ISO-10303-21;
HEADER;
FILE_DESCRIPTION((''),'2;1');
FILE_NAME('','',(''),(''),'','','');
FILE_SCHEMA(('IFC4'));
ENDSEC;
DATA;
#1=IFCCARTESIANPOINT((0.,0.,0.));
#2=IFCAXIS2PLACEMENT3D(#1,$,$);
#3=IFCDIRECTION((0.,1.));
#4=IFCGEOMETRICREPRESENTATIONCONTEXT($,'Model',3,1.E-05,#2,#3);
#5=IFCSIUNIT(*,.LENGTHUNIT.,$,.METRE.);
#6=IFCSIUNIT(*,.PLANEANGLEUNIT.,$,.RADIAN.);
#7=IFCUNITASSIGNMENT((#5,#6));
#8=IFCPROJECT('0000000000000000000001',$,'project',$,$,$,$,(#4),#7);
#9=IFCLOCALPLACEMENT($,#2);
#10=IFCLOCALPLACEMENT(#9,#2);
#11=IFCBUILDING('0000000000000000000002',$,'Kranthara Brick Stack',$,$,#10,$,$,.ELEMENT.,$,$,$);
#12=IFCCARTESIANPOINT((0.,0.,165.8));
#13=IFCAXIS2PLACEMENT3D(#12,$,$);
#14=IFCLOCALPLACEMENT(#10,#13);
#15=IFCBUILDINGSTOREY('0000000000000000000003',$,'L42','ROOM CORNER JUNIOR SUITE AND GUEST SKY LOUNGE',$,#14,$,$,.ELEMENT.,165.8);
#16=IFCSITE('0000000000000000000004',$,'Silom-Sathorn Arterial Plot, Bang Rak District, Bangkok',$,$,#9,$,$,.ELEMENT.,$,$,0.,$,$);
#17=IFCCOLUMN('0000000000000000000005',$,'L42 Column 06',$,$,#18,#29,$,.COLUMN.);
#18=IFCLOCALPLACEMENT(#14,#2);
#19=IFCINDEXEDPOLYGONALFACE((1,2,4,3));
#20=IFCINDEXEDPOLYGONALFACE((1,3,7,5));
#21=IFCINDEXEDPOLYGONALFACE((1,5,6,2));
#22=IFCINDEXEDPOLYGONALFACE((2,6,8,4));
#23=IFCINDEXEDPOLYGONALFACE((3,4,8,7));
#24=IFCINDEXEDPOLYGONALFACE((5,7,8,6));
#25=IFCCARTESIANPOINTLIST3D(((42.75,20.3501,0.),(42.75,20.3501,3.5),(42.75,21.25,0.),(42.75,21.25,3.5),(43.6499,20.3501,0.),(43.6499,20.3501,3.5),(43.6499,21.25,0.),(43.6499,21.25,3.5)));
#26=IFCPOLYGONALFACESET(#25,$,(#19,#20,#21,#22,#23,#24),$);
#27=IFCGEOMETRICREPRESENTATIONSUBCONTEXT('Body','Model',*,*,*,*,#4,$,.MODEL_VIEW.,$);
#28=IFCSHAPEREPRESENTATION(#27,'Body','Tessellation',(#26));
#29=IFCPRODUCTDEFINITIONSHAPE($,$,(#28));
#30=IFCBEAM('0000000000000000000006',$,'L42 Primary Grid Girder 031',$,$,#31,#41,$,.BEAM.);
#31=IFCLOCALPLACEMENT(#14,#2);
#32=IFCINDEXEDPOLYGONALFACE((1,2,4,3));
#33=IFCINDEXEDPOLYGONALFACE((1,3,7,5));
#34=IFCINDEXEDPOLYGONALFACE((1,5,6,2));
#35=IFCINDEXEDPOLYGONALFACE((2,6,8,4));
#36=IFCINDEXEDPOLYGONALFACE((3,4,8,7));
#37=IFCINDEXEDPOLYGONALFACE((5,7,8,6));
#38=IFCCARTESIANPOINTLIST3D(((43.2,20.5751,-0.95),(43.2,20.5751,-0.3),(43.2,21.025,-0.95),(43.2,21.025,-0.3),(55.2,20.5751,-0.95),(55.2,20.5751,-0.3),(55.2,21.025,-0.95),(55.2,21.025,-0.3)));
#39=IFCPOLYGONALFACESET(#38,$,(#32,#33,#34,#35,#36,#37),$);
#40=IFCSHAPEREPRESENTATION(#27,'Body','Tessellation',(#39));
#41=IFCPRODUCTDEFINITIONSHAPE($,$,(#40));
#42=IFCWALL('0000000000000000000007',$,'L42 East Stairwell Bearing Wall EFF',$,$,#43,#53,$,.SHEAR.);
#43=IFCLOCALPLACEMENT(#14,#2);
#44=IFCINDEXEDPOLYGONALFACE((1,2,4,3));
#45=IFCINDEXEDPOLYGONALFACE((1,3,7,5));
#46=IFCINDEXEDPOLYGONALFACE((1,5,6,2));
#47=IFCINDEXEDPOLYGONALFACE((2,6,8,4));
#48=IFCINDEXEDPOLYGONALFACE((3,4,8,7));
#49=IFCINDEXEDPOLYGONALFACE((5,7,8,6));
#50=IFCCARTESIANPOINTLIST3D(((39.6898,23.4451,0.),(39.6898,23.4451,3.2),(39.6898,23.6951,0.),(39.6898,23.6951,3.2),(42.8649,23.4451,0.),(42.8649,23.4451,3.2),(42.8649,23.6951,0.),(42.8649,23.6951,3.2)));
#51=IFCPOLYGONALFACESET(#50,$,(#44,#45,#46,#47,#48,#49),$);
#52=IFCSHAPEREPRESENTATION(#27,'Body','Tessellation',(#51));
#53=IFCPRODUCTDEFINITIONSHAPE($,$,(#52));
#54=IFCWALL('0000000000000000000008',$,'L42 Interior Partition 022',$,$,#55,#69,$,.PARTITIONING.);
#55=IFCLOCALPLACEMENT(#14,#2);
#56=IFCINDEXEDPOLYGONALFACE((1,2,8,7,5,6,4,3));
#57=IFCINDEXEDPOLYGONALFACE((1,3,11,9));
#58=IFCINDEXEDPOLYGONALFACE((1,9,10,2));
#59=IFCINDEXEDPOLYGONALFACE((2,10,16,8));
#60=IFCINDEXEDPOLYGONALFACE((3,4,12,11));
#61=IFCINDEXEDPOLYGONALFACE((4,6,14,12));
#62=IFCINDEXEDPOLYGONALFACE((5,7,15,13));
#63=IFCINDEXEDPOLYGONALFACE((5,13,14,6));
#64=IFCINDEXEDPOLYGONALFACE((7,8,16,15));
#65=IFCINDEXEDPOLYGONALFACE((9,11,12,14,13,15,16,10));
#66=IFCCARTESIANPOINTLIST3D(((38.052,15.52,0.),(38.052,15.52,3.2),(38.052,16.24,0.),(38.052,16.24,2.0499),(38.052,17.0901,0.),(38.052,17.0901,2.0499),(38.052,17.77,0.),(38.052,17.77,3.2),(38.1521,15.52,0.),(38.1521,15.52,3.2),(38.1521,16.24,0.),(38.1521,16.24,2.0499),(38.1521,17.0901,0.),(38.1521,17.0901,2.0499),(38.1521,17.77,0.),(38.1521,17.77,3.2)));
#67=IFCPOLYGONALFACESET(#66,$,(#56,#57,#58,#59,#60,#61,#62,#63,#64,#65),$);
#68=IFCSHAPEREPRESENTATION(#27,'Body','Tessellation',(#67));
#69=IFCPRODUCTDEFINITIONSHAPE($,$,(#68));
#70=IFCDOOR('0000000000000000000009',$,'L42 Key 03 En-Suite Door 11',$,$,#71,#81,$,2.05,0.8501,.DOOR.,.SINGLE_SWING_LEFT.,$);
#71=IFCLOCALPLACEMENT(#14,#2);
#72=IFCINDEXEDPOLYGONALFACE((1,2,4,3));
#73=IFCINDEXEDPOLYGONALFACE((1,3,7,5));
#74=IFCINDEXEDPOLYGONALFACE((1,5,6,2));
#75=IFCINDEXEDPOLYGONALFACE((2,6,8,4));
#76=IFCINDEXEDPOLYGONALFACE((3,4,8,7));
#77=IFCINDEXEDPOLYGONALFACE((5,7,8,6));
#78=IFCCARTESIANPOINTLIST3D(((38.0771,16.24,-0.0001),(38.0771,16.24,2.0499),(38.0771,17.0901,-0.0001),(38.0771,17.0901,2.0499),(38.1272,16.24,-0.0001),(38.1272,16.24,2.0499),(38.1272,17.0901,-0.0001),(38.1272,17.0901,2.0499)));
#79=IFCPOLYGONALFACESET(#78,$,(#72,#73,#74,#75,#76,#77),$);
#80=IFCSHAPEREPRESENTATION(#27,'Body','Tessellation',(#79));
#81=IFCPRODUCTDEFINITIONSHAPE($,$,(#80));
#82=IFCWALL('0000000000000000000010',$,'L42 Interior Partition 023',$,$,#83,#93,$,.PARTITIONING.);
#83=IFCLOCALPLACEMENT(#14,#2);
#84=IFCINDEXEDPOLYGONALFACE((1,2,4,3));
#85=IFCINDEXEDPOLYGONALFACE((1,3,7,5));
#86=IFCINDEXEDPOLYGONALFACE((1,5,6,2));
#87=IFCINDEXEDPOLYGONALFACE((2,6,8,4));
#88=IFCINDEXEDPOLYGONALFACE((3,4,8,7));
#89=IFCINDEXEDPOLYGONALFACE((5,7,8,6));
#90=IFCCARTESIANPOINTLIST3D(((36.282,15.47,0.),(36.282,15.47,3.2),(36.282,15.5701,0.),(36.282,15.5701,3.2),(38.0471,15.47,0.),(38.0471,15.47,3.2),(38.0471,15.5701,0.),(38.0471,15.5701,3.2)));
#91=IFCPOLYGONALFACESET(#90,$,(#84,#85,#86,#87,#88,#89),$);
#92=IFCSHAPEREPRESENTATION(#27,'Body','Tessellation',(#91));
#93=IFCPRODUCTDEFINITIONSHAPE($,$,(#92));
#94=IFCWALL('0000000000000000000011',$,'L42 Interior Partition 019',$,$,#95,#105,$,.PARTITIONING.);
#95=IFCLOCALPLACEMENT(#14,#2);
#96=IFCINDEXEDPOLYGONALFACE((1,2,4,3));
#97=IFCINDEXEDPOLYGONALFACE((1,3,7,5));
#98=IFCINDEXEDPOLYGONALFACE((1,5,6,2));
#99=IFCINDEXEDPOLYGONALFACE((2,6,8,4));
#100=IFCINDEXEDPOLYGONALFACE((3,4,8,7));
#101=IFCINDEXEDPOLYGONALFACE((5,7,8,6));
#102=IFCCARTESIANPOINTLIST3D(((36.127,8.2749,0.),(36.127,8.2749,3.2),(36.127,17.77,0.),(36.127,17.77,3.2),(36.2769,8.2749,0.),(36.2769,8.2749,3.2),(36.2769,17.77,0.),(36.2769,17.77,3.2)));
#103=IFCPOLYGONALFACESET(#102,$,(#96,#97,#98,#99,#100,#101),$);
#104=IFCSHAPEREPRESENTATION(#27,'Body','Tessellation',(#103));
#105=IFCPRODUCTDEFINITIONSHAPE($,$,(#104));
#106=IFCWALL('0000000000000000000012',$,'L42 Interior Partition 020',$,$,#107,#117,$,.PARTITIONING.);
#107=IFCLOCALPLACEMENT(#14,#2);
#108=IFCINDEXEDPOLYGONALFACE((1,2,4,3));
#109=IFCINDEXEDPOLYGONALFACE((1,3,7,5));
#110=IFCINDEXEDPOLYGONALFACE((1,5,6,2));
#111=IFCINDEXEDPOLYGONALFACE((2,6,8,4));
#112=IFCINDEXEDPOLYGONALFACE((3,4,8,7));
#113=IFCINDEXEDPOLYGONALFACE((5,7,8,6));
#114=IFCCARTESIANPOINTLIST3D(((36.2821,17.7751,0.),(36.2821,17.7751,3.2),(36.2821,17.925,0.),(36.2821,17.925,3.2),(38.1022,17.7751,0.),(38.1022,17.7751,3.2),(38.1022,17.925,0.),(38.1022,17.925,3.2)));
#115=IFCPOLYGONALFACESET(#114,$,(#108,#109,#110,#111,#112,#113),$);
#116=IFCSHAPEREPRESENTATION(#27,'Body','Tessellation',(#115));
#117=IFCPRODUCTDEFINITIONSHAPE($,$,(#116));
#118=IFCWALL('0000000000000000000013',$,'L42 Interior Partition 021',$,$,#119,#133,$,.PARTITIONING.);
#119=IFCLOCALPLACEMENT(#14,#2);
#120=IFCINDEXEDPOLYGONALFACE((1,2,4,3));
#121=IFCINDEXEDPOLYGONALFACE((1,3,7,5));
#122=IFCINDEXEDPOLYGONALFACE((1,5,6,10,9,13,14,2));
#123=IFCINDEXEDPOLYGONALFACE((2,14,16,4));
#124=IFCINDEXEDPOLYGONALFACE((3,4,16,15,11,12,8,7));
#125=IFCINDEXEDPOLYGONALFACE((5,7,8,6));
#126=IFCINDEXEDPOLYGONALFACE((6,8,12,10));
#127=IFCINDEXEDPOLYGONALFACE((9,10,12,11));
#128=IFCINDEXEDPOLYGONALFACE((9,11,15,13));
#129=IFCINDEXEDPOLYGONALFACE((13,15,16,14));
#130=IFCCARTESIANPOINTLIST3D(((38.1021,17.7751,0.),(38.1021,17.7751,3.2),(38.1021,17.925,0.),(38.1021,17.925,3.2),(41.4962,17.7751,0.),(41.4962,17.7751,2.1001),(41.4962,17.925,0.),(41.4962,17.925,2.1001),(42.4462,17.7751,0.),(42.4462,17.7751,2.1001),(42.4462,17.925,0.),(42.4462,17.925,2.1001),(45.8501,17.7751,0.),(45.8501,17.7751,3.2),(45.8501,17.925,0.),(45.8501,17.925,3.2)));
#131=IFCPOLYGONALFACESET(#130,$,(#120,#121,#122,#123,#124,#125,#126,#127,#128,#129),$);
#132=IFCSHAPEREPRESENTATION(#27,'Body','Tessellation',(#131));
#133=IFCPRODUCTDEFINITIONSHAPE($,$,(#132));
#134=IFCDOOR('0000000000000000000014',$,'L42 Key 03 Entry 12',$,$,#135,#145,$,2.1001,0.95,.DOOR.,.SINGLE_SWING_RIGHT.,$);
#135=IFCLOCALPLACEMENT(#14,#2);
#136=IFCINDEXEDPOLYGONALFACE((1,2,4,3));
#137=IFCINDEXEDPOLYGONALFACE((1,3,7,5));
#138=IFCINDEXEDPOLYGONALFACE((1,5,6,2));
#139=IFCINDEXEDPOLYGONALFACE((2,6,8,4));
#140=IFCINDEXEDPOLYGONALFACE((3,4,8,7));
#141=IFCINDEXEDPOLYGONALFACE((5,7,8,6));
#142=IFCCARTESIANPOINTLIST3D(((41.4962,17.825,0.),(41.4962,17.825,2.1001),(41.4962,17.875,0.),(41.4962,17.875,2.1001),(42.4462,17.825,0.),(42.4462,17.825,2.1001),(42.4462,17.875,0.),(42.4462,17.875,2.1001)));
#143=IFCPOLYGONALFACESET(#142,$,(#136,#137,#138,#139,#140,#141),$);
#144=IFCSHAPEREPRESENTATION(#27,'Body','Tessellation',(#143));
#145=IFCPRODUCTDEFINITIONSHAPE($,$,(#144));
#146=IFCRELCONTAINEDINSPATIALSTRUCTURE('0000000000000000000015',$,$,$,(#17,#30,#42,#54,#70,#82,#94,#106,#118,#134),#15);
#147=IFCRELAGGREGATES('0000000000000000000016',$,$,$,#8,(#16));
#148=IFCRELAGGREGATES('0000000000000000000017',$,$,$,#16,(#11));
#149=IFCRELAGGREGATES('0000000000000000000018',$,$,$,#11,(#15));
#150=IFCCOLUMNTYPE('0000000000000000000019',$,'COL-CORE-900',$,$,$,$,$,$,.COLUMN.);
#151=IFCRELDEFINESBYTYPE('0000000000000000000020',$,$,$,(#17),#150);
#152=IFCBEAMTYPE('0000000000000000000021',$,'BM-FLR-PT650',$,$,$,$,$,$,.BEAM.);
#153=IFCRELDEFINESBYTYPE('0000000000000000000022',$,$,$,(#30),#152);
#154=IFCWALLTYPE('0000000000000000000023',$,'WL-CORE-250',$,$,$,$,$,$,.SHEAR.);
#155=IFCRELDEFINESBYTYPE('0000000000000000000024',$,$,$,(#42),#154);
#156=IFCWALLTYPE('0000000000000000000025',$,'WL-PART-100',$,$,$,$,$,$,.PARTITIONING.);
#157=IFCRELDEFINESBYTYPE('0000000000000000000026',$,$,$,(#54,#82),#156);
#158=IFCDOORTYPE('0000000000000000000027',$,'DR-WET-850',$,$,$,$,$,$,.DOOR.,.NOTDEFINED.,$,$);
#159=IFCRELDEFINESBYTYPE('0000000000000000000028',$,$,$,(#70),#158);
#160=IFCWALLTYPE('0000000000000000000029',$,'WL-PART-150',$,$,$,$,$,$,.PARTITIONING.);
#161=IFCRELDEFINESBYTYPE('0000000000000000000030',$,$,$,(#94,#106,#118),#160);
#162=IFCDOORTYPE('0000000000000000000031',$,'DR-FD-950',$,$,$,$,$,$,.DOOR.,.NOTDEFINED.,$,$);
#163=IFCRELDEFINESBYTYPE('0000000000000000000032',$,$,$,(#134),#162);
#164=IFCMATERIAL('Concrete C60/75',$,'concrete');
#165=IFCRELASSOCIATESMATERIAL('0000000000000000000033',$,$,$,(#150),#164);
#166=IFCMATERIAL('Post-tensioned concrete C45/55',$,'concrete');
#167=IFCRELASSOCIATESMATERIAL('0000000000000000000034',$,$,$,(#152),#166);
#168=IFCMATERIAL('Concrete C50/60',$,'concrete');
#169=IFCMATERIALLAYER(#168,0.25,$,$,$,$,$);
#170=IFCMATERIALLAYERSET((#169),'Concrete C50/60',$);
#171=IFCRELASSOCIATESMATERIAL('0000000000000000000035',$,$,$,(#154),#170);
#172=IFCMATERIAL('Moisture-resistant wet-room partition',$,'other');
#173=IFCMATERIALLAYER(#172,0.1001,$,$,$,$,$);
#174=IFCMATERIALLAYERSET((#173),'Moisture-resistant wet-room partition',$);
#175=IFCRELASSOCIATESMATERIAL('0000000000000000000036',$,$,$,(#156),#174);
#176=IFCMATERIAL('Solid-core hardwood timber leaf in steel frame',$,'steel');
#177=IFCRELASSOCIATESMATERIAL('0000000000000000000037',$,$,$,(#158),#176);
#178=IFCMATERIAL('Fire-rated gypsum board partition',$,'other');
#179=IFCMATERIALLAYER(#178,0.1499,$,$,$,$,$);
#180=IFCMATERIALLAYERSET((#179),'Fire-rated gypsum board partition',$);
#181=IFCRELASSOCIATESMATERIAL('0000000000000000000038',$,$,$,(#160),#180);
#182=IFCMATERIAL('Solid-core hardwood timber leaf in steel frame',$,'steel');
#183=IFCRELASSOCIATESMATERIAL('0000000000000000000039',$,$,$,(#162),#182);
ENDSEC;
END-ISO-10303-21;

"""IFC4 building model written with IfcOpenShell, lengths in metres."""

from ifc_helpers import new_model, si_unit, direction, frame, frame_2d, origin, origin_2d, place, context, subcontext, project, spatial, rectangle, extrude, material, layer, layer_set, material_profile, profile_set, type_object, element, fill, save


model = new_model("IFC4")

# Units and contexts
model_context = context("Model", 3, precision=1e-05, world=origin(), true_north=direction((0.0, 1.0)))
body_context = subcontext(model_context, "Body", "Model", "MODEL_VIEW")
ifc_project = project(units=[si_unit("LENGTHUNIT", "METRE"), si_unit("PLANEANGLEUNIT", "RADIAN")], contexts=[model_context])

# Site, building, storey
site_placement = place(None, origin())
site = spatial("IfcSite", under=ifc_project, at=site_placement, Name="Silom-Sathorn Arterial Plot, Bang Rak District, Bangkok", CompositionType="ELEMENT", RefElevation=0.0)
building_placement = place(site_placement, origin())
building = spatial("IfcBuilding", under=site, at=building_placement, Name="Kranthara Brick Stack", CompositionType="ELEMENT")
storey_placement = place(building_placement, frame((0.0, 0.0, 165.8)))
storey = spatial("IfcBuildingStorey", under=building, at=storey_placement, Name="L42", Description="ROOM CORNER JUNIOR SUITE AND GUEST SKY LOUNGE", CompositionType="ELEMENT", Elevation=165.8)

# Column
ifc_material_1 = material(Name="Concrete C60/75", Category="concrete")
ifc_material_profile_1 = material_profile(ifc_material_1, rectangle(XDim=0.8999, YDim=0.8999, at=origin_2d()), Name="RC 900x900")
ifc_profile_set_1 = profile_set([ifc_material_profile_1], Name="Concrete C60/75")
column_type = type_object("IfcColumnType", Name="COL-CORE-900", PredefinedType="COLUMN", material=ifc_profile_set_1)
column_placement = place(storey_placement, frame((43.2, 20.8, 0.0), z_axis=(0.0, 0.0, 1.0), x_axis=(1.0, 0.0, 0.0)))
element("IfcColumn", 1, at=column_placement, inside=storey, type_object=column_type, Name="L42 Column 06", PredefinedType="COLUMN", context=body_context, shape_type="SweptSolid", body=[
    extrude(rectangle(XDim=0.8999, YDim=0.8999, at=origin_2d()), origin(), (0.0, 0.0, 1.0), 3.5),
])

# Beam
ifc_material_2 = material(Name="Post-tensioned concrete C45/55", Category="concrete")
ifc_material_profile_2 = material_profile(ifc_material_2, rectangle(XDim=0.45, YDim=0.6499, at=origin_2d()), Name="PT 450x650")
ifc_profile_set_2 = profile_set([ifc_material_profile_2], Name="Post-tensioned concrete C45/55")
beam_type = type_object("IfcBeamType", Name="BM-FLR-PT650", PredefinedType="BEAM", material=ifc_profile_set_2)
beam_placement = place(storey_placement, frame((43.2, 20.8, -0.625), z_axis=(1.0, 0.0, 0.0), x_axis=(0.0, 1.0, 0.0)))
element("IfcBeam", 2, at=beam_placement, inside=storey, type_object=beam_type, Name="L42 Primary Grid Girder 031", PredefinedType="BEAM", context=body_context, shape_type="SweptSolid", body=[
    extrude(rectangle(XDim=0.45, YDim=0.6499, at=origin_2d()), origin(), (0.0, 0.0, 1.0), 12.0),
])

# Shared definitions
ifc_material_3 = material(Name="Concrete C50/60", Category="concrete")
ifc_layer_1 = layer(ifc_material_3, 0.25)
ifc_layer_set_1 = layer_set([ifc_layer_1], Name="Concrete C50/60")
wall_type_1 = type_object("IfcWallType", Name="WL-CORE-250", PredefinedType="SHEAR", material=ifc_layer_set_1)

# Wall
wall_1_placement = place(storey_placement, frame((39.6899, 23.5701, 0.0), z_axis=(0.0, 0.0, 1.0), x_axis=(1.0, 0.0, 0.0)))
element("IfcWall", 3, at=wall_1_placement, inside=storey, type_object=wall_type_1, Name="L42 East Stairwell Bearing Wall EFF", PredefinedType="SHEAR", context=body_context, shape_type="SweptSolid", body=[
    extrude(rectangle(XDim=3.175, YDim=0.25, at=frame_2d((1.5874, 0.0))), origin(), (0.0, 0.0, 1.0), 3.2),
])

# Wall, opening, door
ifc_material_4 = material(Name="Moisture-resistant wet-room partition", Category="other")
ifc_layer_2 = layer(ifc_material_4, 0.1001)
ifc_layer_set_2 = layer_set([ifc_layer_2], Name="Moisture-resistant wet-room partition")
wall_type_2 = type_object("IfcWallType", Name="WL-PART-100", PredefinedType="PARTITIONING", material=ifc_layer_set_2)
wall_2_placement = place(storey_placement, frame((38.1021, 15.52, 0.0), z_axis=(0.0, 0.0, 1.0), x_axis=(0.0, 1.0, 0.0)))
wall_2 = element("IfcWall", 4, at=wall_2_placement, inside=storey, type_object=wall_type_2, Name="L42 Interior Partition 022", PredefinedType="PARTITIONING", context=body_context, shape_type="SweptSolid", body=[
    extrude(rectangle(XDim=2.25, YDim=0.1001, at=frame_2d((1.125, 0.0))), origin(), (0.0, 0.0, 1.0), 3.2),
])
opening_1_placement = place(wall_2_placement, frame((0.72, 0.0, 0.0)))
opening_1 = element("IfcOpeningElement", 5, at=opening_1_placement, cuts=wall_2, PredefinedType="OPENING", context=body_context, shape_type="SweptSolid", body=[
    extrude(rectangle(XDim=0.8501, YDim=2.05, at=frame_2d((0.425, 1.0249))), frame((0.0, 0.0601, 0.0), z_axis=(0.0, -1.0, 0.0), x_axis=(1.0, 0.0, 0.0)), (0.0, 0.0, 1.0), 0.1201),
])
ifc_material_5 = material(Name="Solid-core hardwood timber leaf in steel frame", Category="steel")
door_type_1 = type_object("IfcDoorType", Name="DR-WET-850", OperationType="NOTDEFINED", PredefinedType="DOOR", material=ifc_material_5)
door_1_placement = place(opening_1_placement, origin())
door_1 = element("IfcDoor", 6, at=door_1_placement, inside=storey, type_object=door_type_1, Name="L42 Key 03 En-Suite Door 11", OperationType="SINGLE_SWING_LEFT", OverallHeight=2.05, OverallWidth=0.8501, PredefinedType="DOOR", context=body_context, shape_type="SweptSolid", body=[
    extrude(rectangle(XDim=0.8501, YDim=2.05, at=frame_2d((0.425, 1.0249))), frame((0.0, 0.0249, 0.0), z_axis=(0.0, -1.0, 0.0), x_axis=(1.0, 0.0, 0.0)), (0.0, 0.0, 1.0), 0.05),
])
fill(opening_1, door_1)

# Walls
wall_3_placement = place(storey_placement, frame((36.282, 15.52, 0.0), z_axis=(0.0, 0.0, 1.0), x_axis=(1.0, 0.0, 0.0)))
element("IfcWall", 7, at=wall_3_placement, inside=storey, type_object=wall_type_2, Name="L42 Interior Partition 023", PredefinedType="PARTITIONING", context=body_context, shape_type="SweptSolid", body=[
    extrude(rectangle(XDim=1.7651, YDim=0.1001, at=frame_2d((0.8826, 0.0))), origin(), (0.0, 0.0, 1.0), 3.2),
])
ifc_material_6 = material(Name="Fire-rated gypsum board partition", Category="other")
ifc_layer_3 = layer(ifc_material_6, 0.1499)
ifc_layer_set_3 = layer_set([ifc_layer_3], Name="Fire-rated gypsum board partition")
wall_type_3 = type_object("IfcWallType", Name="WL-PART-150", PredefinedType="PARTITIONING", material=ifc_layer_set_3)
wall_4_placement = place(storey_placement, frame((36.2019, 8.2749, 0.0), z_axis=(0.0, 0.0, 1.0), x_axis=(0.0, 1.0, 0.0)))
element("IfcWall", 8, at=wall_4_placement, inside=storey, type_object=wall_type_3, Name="L42 Interior Partition 019", PredefinedType="PARTITIONING", context=body_context, shape_type="SweptSolid", body=[
    extrude(rectangle(XDim=9.4951, YDim=0.1499, at=frame_2d((4.7476, 0.0))), origin(), (0.0, 0.0, 1.0), 3.2),
])
wall_5_placement = place(storey_placement, frame((36.282, 17.8501, 0.0), z_axis=(0.0, 0.0, 1.0), x_axis=(1.0, 0.0, 0.0)))
element("IfcWall", 9, at=wall_5_placement, inside=storey, type_object=wall_type_3, Name="L42 Interior Partition 020", PredefinedType="PARTITIONING", context=body_context, shape_type="SweptSolid", body=[
    extrude(rectangle(XDim=1.8201, YDim=0.1499, at=frame_2d((0.9102, 0.0))), origin(), (0.0, 0.0, 1.0), 3.2),
])

# Wall, opening, door
wall_6_placement = place(storey_placement, frame((38.1021, 17.8501, 0.0), z_axis=(0.0, 0.0, 1.0), x_axis=(1.0, 0.0, 0.0)))
wall_6 = element("IfcWall", 10, at=wall_6_placement, inside=storey, type_object=wall_type_3, Name="L42 Interior Partition 021", PredefinedType="PARTITIONING", context=body_context, shape_type="SweptSolid", body=[
    extrude(rectangle(XDim=7.748, YDim=0.1499, at=frame_2d((3.874, 0.0))), origin(), (0.0, 0.0, 1.0), 3.2),
])
opening_2_placement = place(wall_6_placement, frame((3.394, 0.0, 0.0)))
opening_2 = element("IfcOpeningElement", 11, at=opening_2_placement, cuts=wall_6, PredefinedType="OPENING", context=body_context, shape_type="SweptSolid", body=[
    extrude(rectangle(XDim=0.95, YDim=2.1001, at=frame_2d((0.4751, 1.05))), frame((0.0, 0.085, 0.0), z_axis=(0.0, -1.0, 0.0), x_axis=(1.0, 0.0, 0.0)), (0.0, 0.0, 1.0), 0.1699),
])
ifc_material_7 = material(Name="Solid-core hardwood timber leaf in steel frame", Category="steel")
door_type_2 = type_object("IfcDoorType", Name="DR-FD-950", OperationType="NOTDEFINED", PredefinedType="DOOR", material=ifc_material_7)
door_2_placement = place(opening_2_placement, origin())
door_2 = element("IfcDoor", 12, at=door_2_placement, inside=storey, type_object=door_type_2, Name="L42 Key 03 Entry 12", OperationType="SINGLE_SWING_RIGHT", OverallHeight=2.1001, OverallWidth=0.95, PredefinedType="DOOR", context=body_context, shape_type="SweptSolid", body=[
    extrude(rectangle(XDim=0.95, YDim=2.1001, at=frame_2d((0.4751, 1.05))), frame((0.0, 0.0249, 0.0), z_axis=(0.0, -1.0, 0.0), x_axis=(1.0, 0.0, 0.0)), (0.0, 0.0, 1.0), 0.05),
])
fill(opening_2, door_2)

save(model, "model.ifc")
